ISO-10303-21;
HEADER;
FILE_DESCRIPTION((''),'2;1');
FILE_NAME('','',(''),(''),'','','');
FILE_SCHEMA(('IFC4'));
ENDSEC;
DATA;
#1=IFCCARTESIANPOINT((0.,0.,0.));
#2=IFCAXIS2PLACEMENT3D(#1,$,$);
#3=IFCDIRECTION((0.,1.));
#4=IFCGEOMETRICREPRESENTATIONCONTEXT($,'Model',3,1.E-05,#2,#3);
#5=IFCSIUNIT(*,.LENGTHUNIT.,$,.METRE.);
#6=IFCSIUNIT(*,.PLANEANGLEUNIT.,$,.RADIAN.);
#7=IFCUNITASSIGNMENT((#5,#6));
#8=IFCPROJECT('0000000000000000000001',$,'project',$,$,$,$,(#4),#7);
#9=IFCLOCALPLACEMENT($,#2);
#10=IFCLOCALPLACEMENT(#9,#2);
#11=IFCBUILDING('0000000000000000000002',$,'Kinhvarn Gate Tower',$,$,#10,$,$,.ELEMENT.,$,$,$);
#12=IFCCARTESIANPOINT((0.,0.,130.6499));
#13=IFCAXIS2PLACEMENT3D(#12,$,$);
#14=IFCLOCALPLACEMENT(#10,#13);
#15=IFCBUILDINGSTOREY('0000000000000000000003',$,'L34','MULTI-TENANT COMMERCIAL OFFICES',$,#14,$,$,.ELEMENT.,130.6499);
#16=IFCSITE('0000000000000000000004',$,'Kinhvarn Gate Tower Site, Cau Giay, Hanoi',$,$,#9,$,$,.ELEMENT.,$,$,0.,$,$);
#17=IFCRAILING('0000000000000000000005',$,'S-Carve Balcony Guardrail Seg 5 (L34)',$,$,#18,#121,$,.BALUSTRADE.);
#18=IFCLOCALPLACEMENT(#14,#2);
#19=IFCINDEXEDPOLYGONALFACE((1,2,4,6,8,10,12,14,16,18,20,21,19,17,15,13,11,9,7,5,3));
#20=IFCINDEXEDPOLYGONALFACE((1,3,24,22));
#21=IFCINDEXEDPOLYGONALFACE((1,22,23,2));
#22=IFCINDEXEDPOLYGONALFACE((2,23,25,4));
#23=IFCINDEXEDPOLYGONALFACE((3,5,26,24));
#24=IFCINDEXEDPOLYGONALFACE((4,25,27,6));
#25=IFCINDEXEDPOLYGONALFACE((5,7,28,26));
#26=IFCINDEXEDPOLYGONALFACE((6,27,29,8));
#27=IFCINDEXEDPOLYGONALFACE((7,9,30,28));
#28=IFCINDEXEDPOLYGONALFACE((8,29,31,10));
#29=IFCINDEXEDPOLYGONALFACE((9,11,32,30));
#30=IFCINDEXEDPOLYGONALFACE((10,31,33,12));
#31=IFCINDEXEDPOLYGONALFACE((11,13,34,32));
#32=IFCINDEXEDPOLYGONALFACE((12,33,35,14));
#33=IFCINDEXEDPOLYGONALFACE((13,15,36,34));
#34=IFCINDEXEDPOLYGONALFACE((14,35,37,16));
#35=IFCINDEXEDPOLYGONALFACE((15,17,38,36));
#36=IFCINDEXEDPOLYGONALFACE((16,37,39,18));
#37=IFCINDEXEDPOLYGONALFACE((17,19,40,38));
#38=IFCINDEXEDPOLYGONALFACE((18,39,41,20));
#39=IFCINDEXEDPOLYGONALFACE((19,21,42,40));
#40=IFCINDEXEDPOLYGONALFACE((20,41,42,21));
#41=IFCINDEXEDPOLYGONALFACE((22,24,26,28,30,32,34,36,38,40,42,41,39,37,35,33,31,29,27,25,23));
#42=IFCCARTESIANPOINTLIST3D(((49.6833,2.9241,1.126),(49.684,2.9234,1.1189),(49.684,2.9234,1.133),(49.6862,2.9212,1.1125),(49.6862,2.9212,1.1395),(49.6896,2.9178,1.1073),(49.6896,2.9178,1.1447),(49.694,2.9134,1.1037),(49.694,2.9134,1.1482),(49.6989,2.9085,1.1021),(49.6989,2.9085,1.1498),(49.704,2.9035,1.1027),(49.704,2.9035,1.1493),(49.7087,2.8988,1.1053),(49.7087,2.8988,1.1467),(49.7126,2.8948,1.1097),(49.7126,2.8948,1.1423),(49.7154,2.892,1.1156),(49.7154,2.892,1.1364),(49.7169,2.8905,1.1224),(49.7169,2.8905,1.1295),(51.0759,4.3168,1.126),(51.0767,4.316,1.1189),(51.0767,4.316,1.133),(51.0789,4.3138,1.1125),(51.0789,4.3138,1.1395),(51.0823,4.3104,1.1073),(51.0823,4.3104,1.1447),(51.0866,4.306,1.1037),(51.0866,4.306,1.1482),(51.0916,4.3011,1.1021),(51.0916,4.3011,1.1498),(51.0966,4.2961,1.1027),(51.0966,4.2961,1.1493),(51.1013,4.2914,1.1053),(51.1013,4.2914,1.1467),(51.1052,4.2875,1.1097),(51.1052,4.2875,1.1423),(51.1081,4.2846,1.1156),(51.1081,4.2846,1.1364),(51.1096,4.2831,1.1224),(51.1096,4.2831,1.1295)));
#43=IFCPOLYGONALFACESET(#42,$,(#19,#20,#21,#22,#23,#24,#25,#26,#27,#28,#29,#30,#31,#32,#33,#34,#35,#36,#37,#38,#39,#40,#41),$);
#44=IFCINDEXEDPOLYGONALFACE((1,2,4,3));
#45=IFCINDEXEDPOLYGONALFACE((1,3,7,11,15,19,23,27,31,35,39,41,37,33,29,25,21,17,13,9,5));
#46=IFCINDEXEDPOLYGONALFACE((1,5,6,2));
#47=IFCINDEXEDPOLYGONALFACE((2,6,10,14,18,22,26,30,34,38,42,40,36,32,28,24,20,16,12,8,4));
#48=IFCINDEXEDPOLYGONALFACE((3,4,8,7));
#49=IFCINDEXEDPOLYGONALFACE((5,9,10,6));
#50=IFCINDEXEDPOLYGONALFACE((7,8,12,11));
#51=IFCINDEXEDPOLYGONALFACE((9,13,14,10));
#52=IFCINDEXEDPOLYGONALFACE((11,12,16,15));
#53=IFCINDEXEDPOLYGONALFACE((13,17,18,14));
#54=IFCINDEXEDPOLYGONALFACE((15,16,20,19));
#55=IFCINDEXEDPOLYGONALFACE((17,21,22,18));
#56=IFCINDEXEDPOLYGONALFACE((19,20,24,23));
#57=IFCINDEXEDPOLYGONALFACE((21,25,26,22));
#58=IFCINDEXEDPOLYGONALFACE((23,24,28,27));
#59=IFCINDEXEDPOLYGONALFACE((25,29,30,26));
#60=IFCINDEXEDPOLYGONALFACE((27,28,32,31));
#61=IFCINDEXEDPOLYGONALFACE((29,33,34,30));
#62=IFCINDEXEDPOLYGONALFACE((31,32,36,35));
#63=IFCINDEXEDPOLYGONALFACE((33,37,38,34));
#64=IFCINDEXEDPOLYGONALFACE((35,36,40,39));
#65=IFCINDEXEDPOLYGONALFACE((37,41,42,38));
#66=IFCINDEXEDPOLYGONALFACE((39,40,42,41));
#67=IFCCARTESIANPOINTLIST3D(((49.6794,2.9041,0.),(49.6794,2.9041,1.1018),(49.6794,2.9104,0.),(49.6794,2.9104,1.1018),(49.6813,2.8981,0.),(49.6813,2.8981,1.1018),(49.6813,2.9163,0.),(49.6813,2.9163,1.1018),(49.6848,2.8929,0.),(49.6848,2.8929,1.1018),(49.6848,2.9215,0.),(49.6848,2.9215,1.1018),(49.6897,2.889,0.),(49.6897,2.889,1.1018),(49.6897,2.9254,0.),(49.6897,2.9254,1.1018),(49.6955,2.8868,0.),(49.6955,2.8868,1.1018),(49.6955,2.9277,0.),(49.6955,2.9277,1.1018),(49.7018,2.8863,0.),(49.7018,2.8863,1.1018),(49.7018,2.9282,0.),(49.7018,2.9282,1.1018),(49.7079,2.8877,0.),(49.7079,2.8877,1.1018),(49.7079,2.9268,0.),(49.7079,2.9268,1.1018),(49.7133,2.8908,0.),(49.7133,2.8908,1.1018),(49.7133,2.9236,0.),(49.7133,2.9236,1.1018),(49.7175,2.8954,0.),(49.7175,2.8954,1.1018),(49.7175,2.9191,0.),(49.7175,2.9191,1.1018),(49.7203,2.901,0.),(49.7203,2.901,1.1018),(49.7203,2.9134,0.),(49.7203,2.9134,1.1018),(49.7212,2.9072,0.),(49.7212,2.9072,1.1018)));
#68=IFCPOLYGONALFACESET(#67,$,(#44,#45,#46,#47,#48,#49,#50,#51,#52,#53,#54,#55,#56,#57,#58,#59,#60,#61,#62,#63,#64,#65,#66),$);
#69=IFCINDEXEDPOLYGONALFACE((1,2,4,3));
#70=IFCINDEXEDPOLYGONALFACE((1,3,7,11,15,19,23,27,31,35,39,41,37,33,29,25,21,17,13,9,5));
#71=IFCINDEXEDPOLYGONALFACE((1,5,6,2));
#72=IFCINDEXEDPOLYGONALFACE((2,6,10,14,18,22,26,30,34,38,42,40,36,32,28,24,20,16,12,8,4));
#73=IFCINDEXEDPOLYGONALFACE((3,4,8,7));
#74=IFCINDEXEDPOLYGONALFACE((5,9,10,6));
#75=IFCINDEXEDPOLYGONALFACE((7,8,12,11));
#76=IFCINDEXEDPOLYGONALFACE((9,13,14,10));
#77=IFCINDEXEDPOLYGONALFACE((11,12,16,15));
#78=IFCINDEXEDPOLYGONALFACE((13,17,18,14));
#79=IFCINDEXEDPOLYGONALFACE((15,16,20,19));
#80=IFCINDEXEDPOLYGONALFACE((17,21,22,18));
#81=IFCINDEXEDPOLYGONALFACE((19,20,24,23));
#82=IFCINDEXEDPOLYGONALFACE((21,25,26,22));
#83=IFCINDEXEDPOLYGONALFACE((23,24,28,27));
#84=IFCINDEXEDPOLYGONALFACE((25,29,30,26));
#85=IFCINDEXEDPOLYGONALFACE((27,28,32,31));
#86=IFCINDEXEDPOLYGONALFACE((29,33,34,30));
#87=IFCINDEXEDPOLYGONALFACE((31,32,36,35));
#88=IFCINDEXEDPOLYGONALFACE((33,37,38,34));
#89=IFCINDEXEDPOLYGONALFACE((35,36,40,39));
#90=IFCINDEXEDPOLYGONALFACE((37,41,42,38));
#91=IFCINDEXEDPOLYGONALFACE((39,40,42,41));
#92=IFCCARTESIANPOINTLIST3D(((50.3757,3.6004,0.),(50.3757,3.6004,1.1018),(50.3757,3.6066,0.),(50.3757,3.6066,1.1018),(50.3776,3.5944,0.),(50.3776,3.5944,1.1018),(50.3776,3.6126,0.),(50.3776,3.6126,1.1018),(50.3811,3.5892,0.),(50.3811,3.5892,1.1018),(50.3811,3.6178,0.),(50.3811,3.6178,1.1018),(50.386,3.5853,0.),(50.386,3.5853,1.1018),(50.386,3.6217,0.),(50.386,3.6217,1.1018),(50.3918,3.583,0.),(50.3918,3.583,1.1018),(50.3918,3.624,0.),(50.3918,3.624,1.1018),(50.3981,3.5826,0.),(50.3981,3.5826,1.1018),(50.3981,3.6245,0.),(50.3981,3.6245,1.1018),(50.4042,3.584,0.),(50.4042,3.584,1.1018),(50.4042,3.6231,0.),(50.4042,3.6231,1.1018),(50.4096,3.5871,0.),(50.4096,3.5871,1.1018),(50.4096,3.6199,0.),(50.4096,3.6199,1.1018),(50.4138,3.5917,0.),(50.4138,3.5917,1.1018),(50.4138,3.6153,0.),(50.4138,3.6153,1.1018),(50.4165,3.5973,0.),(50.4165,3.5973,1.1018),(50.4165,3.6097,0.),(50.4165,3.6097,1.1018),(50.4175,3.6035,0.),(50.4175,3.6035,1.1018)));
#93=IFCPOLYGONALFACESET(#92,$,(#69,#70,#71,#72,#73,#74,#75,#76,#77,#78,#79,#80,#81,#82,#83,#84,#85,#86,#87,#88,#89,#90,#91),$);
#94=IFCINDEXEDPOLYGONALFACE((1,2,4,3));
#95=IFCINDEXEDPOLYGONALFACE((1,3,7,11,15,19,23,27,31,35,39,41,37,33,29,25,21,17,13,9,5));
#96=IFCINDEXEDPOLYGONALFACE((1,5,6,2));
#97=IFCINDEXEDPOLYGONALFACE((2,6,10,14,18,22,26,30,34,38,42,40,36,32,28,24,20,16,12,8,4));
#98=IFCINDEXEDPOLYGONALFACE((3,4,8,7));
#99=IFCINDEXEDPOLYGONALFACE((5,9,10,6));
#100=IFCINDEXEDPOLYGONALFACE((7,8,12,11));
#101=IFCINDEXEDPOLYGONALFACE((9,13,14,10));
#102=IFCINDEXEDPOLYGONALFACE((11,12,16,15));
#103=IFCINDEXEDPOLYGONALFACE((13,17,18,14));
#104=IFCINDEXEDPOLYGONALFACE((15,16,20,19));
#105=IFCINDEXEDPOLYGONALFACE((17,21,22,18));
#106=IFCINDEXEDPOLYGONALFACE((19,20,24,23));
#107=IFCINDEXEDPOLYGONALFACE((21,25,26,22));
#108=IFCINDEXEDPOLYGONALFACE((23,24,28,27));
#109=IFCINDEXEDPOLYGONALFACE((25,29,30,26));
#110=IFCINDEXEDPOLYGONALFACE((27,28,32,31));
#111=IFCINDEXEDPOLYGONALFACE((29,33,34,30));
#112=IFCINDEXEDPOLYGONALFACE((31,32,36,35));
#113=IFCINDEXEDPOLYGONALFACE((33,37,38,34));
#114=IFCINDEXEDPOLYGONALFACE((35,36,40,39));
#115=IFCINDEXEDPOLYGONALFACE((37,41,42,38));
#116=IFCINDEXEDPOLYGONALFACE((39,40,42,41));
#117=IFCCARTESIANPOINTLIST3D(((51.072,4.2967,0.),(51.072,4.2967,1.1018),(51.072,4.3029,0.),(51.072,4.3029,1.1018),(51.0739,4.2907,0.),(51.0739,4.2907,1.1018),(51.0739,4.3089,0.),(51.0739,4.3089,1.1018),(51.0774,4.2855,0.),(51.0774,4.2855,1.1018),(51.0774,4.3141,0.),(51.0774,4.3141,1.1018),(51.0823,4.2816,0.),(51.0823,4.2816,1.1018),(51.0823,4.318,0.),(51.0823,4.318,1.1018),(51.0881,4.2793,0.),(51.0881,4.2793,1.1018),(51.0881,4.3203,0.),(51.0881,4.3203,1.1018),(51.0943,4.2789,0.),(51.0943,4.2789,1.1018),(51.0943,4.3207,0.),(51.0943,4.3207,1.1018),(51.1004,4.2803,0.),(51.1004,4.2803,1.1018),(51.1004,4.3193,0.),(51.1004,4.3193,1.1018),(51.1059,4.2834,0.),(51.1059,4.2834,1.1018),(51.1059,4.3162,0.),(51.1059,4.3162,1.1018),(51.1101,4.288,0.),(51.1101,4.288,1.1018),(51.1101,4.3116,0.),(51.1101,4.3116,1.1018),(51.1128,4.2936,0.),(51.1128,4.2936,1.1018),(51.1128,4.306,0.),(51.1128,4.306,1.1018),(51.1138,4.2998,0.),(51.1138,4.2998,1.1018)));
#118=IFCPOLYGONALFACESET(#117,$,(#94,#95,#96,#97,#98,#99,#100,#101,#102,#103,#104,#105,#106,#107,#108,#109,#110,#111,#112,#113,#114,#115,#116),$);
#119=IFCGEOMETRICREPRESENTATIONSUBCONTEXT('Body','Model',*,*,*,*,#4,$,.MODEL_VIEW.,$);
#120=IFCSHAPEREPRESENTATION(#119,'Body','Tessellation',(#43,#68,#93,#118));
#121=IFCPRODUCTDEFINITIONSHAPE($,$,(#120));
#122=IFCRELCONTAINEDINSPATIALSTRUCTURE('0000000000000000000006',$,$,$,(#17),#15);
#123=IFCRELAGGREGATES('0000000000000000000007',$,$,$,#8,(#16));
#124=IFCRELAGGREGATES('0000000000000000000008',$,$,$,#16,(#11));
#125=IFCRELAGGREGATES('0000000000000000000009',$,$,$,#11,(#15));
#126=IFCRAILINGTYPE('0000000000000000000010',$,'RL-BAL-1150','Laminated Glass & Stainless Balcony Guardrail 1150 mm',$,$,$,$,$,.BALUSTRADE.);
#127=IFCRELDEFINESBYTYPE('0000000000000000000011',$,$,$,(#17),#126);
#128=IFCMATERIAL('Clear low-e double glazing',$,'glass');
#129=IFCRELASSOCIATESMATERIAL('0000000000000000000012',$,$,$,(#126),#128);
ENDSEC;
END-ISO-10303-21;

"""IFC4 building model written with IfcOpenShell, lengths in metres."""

from ifc_helpers import new_model, si_unit, direction, frame, origin, origin_2d, place, context, subcontext, project, spatial, circle, extrude, material, type_object, element, save


model = new_model("IFC4")

# Units and contexts
model_context = context("Model", 3, precision=1e-05, world=origin(), true_north=direction((0.0, 1.0)))
body_context = subcontext(model_context, "Body", "Model", "MODEL_VIEW")
ifc_project = project(units=[si_unit("LENGTHUNIT", "METRE"), si_unit("PLANEANGLEUNIT", "RADIAN")], contexts=[model_context])

# Site, building, storey
site_placement = place(None, origin())
site = spatial("IfcSite", under=ifc_project, at=site_placement, Name="Kinhvarn Gate Tower Site, Cau Giay, Hanoi", CompositionType="ELEMENT", RefElevation=0.0)
building_placement = place(site_placement, origin())
building = spatial("IfcBuilding", under=site, at=building_placement, Name="Kinhvarn Gate Tower", CompositionType="ELEMENT")
storey_placement = place(building_placement, frame((0.0, 0.0, 130.6499)))
storey = spatial("IfcBuildingStorey", under=building, at=storey_placement, Name="L34", Description="MULTI-TENANT COMMERCIAL OFFICES", CompositionType="ELEMENT", Elevation=130.6499)

# Shared definitions
ifc_material_1 = material(Name="Clear low-e double glazing", Category="glass")

# Railing
railing_type = type_object("IfcRailingType", Name="RL-BAL-1150", Description="Laminated Glass & Stainless Balcony Guardrail 1150 mm", PredefinedType="BALUSTRADE", material=ifc_material_1)
railing_1_placement = place(storey_placement, frame((49.7002, 2.9072, 0.0)))
element("IfcRailing", 1, at=railing_1_placement, inside=storey, type_object=railing_type, Name="S-Carve Balcony Guardrail Seg 5 (L34)", PredefinedType="BALUSTRADE", context=body_context, shape_type="SweptSolid", body=[
    extrude(circle(Radius=0.0239, at=origin_2d()), frame((0.0, 0.0, 1.126), z_axis=(0.707107, 0.707107, 0.0), x_axis=(-0.707107, 0.707107, 0.0)), (0.0, 0.0, 1.0), 1.9695),
    extrude(circle(Radius=0.021, at=origin_2d()), origin(), (0.0, 0.0, 1.0), 1.1018),
    extrude(circle(Radius=0.021, at=origin_2d()), frame((0.6963, 0.6963, 0.0)), (0.0, 0.0, 1.0), 1.1018),
    extrude(circle(Radius=0.021, at=origin_2d()), frame((1.3926, 1.3926, 0.0)), (0.0, 0.0, 1.0), 1.1018),
])

save(model, "model.ifc")
